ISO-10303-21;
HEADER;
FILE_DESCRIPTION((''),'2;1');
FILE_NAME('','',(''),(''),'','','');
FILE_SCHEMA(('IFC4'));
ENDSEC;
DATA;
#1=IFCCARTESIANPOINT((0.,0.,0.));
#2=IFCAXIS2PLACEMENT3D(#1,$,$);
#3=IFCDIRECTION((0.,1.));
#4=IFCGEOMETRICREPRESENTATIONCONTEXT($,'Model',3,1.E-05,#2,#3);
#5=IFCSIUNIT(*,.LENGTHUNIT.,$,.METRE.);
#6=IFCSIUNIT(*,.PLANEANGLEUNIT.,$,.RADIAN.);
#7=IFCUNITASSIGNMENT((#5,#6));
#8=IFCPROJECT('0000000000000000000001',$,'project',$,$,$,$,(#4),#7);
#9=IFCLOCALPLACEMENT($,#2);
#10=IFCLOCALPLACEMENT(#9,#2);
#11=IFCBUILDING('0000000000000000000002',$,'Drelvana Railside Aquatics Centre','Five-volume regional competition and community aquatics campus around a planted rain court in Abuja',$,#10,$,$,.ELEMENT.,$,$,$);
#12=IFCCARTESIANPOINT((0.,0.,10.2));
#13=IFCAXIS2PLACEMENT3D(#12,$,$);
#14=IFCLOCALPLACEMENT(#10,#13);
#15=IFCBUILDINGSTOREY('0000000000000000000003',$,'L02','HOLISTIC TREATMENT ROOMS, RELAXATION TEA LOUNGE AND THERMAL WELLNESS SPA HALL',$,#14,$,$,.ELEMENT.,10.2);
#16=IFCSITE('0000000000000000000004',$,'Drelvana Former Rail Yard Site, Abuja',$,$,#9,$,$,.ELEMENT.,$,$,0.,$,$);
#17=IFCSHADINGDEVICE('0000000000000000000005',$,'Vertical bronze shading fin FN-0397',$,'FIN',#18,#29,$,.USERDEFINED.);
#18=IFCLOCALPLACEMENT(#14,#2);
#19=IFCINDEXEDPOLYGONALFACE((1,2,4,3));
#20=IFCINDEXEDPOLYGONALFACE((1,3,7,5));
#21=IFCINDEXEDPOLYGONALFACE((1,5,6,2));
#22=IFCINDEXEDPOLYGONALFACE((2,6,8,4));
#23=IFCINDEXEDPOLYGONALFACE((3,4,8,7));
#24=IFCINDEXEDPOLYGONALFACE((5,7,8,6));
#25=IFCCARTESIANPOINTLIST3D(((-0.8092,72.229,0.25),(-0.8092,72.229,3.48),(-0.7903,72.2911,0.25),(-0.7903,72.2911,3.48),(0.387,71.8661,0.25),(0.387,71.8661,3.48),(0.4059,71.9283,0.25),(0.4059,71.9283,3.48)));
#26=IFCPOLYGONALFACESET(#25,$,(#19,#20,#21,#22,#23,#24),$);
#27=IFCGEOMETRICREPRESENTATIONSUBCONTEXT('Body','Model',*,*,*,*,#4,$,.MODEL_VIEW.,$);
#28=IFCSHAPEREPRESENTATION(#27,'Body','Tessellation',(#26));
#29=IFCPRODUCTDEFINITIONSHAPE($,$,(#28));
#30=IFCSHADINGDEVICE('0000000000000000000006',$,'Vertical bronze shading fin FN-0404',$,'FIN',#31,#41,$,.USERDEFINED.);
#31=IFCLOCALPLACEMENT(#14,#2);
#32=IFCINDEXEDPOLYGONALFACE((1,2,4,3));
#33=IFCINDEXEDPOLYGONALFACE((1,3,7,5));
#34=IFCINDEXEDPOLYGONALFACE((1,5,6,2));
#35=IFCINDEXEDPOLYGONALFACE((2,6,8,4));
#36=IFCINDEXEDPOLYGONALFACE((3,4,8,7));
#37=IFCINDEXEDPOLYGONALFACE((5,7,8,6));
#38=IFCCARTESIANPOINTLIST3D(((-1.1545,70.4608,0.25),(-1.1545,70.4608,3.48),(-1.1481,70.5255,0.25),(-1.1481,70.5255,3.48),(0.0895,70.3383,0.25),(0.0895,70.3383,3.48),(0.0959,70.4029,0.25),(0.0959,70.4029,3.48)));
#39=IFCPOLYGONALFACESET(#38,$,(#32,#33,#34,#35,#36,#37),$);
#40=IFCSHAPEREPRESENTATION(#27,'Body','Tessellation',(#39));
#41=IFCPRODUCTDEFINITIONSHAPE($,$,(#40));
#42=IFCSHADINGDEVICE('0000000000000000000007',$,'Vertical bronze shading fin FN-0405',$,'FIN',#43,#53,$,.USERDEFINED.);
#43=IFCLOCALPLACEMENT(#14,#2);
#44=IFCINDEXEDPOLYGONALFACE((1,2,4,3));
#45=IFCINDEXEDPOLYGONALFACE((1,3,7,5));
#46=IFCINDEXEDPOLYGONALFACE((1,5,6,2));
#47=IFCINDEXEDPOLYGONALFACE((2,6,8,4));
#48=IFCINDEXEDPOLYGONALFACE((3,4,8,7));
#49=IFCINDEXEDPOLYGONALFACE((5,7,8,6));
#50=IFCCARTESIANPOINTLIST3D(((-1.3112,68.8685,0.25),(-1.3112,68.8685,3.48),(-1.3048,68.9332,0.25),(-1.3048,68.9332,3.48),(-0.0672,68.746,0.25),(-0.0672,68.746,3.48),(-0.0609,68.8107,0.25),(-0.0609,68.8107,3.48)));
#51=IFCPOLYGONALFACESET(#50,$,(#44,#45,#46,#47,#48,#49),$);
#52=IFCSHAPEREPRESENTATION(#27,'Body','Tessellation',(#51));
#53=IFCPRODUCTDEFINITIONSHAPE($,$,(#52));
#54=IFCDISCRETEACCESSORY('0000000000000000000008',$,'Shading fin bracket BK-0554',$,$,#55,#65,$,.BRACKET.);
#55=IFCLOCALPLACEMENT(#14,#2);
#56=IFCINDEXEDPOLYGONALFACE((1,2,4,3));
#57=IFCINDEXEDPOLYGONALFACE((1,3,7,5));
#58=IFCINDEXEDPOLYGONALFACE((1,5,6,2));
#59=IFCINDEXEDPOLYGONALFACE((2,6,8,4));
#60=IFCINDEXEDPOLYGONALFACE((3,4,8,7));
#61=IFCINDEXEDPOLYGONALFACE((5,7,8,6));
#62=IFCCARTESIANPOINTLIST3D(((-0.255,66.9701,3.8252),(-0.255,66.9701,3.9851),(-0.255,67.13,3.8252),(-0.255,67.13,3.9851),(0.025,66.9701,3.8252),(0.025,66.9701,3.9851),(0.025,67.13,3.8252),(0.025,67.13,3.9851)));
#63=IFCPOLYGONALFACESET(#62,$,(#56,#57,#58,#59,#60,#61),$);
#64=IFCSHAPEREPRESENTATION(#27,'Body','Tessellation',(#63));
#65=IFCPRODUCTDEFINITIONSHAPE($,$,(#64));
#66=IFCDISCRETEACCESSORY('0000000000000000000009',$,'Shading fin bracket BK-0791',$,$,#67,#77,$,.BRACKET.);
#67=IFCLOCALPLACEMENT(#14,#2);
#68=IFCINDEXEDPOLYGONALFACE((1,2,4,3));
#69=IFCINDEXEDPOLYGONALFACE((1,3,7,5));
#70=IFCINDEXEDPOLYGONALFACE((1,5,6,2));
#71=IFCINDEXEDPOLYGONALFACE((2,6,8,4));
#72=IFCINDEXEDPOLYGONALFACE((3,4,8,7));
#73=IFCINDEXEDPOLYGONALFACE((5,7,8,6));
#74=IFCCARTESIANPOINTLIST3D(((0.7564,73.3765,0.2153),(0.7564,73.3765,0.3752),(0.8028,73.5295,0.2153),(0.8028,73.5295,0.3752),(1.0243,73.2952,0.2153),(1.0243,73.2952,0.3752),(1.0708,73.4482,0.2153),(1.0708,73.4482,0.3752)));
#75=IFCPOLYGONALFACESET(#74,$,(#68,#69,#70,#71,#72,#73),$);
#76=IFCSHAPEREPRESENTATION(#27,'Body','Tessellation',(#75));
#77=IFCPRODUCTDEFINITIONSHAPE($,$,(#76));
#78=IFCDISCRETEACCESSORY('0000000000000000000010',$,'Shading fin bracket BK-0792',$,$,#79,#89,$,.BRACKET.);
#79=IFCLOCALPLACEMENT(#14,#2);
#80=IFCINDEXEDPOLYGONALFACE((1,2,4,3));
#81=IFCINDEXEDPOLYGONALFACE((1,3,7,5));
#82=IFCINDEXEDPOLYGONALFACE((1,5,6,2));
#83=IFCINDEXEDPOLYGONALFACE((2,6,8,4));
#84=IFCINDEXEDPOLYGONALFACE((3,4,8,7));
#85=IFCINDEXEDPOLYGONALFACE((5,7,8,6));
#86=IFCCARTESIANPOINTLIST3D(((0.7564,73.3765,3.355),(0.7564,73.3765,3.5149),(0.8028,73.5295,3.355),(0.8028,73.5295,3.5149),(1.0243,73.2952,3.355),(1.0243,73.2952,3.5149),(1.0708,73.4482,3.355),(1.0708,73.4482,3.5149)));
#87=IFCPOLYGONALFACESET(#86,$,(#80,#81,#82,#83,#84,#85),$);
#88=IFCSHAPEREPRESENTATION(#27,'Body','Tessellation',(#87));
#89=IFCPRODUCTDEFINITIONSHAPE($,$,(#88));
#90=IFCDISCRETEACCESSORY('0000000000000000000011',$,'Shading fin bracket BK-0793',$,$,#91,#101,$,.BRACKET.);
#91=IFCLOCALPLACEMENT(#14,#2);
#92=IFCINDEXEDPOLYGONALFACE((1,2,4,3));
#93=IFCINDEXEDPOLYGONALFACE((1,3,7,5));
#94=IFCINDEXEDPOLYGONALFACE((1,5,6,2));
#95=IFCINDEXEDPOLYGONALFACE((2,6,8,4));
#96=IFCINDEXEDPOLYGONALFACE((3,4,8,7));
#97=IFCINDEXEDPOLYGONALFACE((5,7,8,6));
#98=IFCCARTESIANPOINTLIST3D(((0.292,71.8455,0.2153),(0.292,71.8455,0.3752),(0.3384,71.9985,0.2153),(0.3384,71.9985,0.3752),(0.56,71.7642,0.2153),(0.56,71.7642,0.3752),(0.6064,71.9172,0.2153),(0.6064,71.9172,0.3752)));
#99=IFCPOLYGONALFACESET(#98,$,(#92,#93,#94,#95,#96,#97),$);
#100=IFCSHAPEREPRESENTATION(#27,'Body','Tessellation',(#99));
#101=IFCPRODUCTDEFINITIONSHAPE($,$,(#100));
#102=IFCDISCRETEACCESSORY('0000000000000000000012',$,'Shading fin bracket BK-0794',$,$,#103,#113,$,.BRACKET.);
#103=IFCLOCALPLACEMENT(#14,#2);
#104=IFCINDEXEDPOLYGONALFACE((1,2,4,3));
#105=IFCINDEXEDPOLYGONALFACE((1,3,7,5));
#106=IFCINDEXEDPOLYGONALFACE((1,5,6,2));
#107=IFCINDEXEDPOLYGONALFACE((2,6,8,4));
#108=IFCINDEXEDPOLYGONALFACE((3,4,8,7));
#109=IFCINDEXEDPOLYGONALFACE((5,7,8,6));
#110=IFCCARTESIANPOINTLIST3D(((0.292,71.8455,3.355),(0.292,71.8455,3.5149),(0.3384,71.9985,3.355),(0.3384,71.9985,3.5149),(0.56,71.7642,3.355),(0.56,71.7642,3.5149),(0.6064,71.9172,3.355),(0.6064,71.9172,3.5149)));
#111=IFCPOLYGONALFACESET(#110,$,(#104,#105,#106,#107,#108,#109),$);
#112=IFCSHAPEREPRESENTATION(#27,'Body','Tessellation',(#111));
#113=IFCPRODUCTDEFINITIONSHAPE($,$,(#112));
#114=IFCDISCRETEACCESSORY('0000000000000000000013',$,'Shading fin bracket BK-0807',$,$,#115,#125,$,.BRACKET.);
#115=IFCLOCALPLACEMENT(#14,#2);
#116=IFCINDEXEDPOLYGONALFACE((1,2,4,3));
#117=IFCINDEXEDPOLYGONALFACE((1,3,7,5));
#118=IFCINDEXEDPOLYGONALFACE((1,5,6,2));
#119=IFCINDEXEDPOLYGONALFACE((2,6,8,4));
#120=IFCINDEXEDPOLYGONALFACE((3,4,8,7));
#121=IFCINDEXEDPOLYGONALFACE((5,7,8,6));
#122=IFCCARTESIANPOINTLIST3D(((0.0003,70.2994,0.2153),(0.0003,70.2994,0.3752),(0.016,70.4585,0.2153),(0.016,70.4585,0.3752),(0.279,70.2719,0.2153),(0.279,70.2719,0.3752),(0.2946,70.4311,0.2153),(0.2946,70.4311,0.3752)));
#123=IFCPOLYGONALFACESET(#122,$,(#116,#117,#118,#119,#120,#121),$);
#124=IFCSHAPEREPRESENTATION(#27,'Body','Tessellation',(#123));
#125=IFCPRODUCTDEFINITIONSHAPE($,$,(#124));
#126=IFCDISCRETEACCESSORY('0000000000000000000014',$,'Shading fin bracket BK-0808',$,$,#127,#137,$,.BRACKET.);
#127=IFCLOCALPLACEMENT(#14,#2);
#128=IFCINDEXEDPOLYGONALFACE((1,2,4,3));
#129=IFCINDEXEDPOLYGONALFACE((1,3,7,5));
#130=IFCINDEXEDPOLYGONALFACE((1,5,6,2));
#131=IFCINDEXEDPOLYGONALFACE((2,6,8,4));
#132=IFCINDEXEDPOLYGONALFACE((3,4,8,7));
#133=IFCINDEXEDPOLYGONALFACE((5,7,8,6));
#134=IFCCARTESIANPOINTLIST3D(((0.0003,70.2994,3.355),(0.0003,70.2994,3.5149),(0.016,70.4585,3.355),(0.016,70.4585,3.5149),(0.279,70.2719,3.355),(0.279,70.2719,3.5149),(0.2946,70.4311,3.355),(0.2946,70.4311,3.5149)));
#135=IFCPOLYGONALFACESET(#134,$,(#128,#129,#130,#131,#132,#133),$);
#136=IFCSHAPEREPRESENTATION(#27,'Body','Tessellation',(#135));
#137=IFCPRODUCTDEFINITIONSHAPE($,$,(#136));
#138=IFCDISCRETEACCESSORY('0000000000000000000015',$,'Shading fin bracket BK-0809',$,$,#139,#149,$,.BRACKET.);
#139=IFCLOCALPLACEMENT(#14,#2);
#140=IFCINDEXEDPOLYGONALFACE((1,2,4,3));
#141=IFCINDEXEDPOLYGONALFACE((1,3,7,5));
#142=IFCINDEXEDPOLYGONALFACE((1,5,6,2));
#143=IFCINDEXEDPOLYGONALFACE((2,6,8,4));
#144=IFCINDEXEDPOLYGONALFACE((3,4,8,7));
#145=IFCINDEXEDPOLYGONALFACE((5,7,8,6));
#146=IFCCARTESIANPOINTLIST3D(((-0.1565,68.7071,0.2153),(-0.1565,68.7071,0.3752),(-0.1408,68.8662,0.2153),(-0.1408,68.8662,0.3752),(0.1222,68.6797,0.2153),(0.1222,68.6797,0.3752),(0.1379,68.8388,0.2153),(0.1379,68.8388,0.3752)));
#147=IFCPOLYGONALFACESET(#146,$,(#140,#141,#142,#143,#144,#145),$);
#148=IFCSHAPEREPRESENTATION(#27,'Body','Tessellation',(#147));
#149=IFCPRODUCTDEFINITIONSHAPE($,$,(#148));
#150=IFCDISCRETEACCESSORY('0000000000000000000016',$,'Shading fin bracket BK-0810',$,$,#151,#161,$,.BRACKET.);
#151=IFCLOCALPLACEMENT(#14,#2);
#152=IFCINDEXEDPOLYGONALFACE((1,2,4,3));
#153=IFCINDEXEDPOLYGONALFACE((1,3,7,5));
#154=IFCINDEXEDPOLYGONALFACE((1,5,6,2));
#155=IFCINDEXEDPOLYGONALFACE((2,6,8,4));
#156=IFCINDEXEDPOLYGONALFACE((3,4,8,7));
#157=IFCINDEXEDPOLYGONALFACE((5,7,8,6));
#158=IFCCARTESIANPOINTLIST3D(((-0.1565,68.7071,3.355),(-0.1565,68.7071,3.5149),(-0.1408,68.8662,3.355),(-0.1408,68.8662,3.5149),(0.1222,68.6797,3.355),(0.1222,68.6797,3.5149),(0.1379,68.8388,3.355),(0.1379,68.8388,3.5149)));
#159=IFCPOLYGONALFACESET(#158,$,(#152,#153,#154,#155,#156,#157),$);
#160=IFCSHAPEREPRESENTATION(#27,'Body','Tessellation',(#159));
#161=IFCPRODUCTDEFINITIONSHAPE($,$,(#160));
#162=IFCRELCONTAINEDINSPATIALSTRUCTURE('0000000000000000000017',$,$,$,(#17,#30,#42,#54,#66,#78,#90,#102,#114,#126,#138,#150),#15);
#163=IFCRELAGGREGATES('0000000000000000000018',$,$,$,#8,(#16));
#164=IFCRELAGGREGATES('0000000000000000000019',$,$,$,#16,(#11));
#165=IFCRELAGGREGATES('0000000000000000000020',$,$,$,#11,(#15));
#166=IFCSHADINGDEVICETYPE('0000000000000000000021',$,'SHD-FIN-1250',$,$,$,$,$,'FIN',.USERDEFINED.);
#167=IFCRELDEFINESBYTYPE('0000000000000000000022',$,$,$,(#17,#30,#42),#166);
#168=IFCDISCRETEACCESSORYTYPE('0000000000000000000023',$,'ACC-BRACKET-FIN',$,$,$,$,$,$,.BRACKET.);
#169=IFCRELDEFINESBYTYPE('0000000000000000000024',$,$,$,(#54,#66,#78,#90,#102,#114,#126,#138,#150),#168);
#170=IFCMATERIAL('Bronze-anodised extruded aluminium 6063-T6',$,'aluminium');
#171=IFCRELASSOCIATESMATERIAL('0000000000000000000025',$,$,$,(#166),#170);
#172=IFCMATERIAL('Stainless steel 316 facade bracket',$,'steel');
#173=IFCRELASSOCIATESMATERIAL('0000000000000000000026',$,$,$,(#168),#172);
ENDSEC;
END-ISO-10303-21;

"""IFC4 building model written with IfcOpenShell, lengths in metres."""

from ifc_helpers import new_model, si_unit, direction, frame, origin, origin_2d, place, context, subcontext, project, spatial, rectangle, extrude, material, type_object, element, save


model = new_model("IFC4")

# Units and contexts
model_context = context("Model", 3, precision=1e-05, world=origin(), true_north=direction((0.0, 1.0)))
body_context = subcontext(model_context, "Body", "Model", "MODEL_VIEW")
ifc_project = project(units=[si_unit("LENGTHUNIT", "METRE"), si_unit("PLANEANGLEUNIT", "RADIAN")], contexts=[model_context])

# Site, building, storey
site_placement = place(None, origin())
site = spatial("IfcSite", under=ifc_project, at=site_placement, Name="Drelvana Former Rail Yard Site, Abuja", CompositionType="ELEMENT", RefElevation=0.0)
building_placement = place(site_placement, origin())
building = spatial("IfcBuilding", under=site, at=building_placement, Name="Drelvana Railside Aquatics Centre", Description="Five-volume regional competition and community aquatics campus around a planted rain court in Abuja", CompositionType="ELEMENT")
storey_placement = place(building_placement, frame((0.0, 0.0, 10.2)))
storey = spatial("IfcBuildingStorey", under=building, at=storey_placement, Name="L02", Description="HOLISTIC TREATMENT ROOMS, RELAXATION TEA LOUNGE AND THERMAL WELLNESS SPA HALL", CompositionType="ELEMENT", Elevation=10.2)

# Shared definitions
ifc_material_1 = material(Name="Bronze-anodised extruded aluminium 6063-T6", Category="aluminium")

# Shading devices
shading_device_type = type_object("IfcShadingDeviceType", Name="SHD-FIN-1250", ElementType="FIN", PredefinedType="USERDEFINED", material=ifc_material_1)
for number, where, z_axis, x_axis, name in (
    (1, (-0.2017, 72.0786, 0.25), (0.0, 0.0, 1.0), (-0.95694, 0.290285, 0.0), "Vertical bronze shading fin FN-0397"),
    (2, (-0.5293, 70.4319, 0.25), (0.0, 0.0, 1.0), (-0.995185, 0.098017, 0.0), "Vertical bronze shading fin FN-0404"),
    (3, (-0.686, 68.8396, 0.25), (0.0, 0.0, 1.0), (-0.995185, 0.098017, 0.0), "Vertical bronze shading fin FN-0405"),
):
    element("IfcShadingDevice", number, at=place(storey_placement, frame(where, z_axis=z_axis, x_axis=x_axis)), inside=storey, type_object=shading_device_type, Name=name, ObjectType="FIN", PredefinedType="USERDEFINED", context=body_context, shape_type="SweptSolid", body=[
        extrude(rectangle(XDim=1.25, YDim=0.0649, at=origin_2d()), origin(), (0.0, 0.0, 1.0), 3.23),
    ])

# Discrete accessories
ifc_material_2 = material(Name="Stainless steel 316 facade bracket", Category="steel")
discrete_accessory_type = type_object("IfcDiscreteAccessoryType", Name="ACC-BRACKET-FIN", PredefinedType="BRACKET", material=ifc_material_2)
for number, where, z_axis, x_axis, name in (
    (4, (-0.115, 67.05, 3.8252), (0.0, 0.0, 1.0), (-1.0, 0.0, 0.0), "Shading fin bracket BK-0554"),
    (5, (0.9136, 73.4124, 0.2153), (0.0, 0.0, 1.0), (-0.95694, 0.290285, 0.0), "Shading fin bracket BK-0791"),
    (6, (0.9136, 73.4124, 3.355), (0.0, 0.0, 1.0), (-0.95694, 0.290285, 0.0), "Shading fin bracket BK-0792"),
    (7, (0.4492, 71.8813, 0.2153), (0.0, 0.0, 1.0), (-0.95694, 0.290285, 0.0), "Shading fin bracket BK-0793"),
    (8, (0.4492, 71.8813, 3.355), (0.0, 0.0, 1.0), (-0.95694, 0.290285, 0.0), "Shading fin bracket BK-0794"),
    (9, (0.1475, 70.3652, 0.2153), (0.0, 0.0, 1.0), (-0.995185, 0.098017, 0.0), "Shading fin bracket BK-0807"),
    (10, (0.1475, 70.3652, 3.355), (0.0, 0.0, 1.0), (-0.995185, 0.098017, 0.0), "Shading fin bracket BK-0808"),
    (11, (-0.0093, 68.7729, 0.2153), (0.0, 0.0, 1.0), (-0.995185, 0.098017, 0.0), "Shading fin bracket BK-0809"),
    (12, (-0.0093, 68.7729, 3.355), (0.0, 0.0, 1.0), (-0.995185, 0.098017, 0.0), "Shading fin bracket BK-0810"),
):
    element("IfcDiscreteAccessory", number, at=place(storey_placement, frame(where, z_axis=z_axis, x_axis=x_axis)), inside=storey, type_object=discrete_accessory_type, Name=name, PredefinedType="BRACKET", context=body_context, shape_type="SweptSolid", body=[
        extrude(rectangle(XDim=0.28, YDim=0.1599, at=origin_2d()), origin(), (0.0, 0.0, 1.0), 0.1599),
    ])

save(model, "model.ifc")
